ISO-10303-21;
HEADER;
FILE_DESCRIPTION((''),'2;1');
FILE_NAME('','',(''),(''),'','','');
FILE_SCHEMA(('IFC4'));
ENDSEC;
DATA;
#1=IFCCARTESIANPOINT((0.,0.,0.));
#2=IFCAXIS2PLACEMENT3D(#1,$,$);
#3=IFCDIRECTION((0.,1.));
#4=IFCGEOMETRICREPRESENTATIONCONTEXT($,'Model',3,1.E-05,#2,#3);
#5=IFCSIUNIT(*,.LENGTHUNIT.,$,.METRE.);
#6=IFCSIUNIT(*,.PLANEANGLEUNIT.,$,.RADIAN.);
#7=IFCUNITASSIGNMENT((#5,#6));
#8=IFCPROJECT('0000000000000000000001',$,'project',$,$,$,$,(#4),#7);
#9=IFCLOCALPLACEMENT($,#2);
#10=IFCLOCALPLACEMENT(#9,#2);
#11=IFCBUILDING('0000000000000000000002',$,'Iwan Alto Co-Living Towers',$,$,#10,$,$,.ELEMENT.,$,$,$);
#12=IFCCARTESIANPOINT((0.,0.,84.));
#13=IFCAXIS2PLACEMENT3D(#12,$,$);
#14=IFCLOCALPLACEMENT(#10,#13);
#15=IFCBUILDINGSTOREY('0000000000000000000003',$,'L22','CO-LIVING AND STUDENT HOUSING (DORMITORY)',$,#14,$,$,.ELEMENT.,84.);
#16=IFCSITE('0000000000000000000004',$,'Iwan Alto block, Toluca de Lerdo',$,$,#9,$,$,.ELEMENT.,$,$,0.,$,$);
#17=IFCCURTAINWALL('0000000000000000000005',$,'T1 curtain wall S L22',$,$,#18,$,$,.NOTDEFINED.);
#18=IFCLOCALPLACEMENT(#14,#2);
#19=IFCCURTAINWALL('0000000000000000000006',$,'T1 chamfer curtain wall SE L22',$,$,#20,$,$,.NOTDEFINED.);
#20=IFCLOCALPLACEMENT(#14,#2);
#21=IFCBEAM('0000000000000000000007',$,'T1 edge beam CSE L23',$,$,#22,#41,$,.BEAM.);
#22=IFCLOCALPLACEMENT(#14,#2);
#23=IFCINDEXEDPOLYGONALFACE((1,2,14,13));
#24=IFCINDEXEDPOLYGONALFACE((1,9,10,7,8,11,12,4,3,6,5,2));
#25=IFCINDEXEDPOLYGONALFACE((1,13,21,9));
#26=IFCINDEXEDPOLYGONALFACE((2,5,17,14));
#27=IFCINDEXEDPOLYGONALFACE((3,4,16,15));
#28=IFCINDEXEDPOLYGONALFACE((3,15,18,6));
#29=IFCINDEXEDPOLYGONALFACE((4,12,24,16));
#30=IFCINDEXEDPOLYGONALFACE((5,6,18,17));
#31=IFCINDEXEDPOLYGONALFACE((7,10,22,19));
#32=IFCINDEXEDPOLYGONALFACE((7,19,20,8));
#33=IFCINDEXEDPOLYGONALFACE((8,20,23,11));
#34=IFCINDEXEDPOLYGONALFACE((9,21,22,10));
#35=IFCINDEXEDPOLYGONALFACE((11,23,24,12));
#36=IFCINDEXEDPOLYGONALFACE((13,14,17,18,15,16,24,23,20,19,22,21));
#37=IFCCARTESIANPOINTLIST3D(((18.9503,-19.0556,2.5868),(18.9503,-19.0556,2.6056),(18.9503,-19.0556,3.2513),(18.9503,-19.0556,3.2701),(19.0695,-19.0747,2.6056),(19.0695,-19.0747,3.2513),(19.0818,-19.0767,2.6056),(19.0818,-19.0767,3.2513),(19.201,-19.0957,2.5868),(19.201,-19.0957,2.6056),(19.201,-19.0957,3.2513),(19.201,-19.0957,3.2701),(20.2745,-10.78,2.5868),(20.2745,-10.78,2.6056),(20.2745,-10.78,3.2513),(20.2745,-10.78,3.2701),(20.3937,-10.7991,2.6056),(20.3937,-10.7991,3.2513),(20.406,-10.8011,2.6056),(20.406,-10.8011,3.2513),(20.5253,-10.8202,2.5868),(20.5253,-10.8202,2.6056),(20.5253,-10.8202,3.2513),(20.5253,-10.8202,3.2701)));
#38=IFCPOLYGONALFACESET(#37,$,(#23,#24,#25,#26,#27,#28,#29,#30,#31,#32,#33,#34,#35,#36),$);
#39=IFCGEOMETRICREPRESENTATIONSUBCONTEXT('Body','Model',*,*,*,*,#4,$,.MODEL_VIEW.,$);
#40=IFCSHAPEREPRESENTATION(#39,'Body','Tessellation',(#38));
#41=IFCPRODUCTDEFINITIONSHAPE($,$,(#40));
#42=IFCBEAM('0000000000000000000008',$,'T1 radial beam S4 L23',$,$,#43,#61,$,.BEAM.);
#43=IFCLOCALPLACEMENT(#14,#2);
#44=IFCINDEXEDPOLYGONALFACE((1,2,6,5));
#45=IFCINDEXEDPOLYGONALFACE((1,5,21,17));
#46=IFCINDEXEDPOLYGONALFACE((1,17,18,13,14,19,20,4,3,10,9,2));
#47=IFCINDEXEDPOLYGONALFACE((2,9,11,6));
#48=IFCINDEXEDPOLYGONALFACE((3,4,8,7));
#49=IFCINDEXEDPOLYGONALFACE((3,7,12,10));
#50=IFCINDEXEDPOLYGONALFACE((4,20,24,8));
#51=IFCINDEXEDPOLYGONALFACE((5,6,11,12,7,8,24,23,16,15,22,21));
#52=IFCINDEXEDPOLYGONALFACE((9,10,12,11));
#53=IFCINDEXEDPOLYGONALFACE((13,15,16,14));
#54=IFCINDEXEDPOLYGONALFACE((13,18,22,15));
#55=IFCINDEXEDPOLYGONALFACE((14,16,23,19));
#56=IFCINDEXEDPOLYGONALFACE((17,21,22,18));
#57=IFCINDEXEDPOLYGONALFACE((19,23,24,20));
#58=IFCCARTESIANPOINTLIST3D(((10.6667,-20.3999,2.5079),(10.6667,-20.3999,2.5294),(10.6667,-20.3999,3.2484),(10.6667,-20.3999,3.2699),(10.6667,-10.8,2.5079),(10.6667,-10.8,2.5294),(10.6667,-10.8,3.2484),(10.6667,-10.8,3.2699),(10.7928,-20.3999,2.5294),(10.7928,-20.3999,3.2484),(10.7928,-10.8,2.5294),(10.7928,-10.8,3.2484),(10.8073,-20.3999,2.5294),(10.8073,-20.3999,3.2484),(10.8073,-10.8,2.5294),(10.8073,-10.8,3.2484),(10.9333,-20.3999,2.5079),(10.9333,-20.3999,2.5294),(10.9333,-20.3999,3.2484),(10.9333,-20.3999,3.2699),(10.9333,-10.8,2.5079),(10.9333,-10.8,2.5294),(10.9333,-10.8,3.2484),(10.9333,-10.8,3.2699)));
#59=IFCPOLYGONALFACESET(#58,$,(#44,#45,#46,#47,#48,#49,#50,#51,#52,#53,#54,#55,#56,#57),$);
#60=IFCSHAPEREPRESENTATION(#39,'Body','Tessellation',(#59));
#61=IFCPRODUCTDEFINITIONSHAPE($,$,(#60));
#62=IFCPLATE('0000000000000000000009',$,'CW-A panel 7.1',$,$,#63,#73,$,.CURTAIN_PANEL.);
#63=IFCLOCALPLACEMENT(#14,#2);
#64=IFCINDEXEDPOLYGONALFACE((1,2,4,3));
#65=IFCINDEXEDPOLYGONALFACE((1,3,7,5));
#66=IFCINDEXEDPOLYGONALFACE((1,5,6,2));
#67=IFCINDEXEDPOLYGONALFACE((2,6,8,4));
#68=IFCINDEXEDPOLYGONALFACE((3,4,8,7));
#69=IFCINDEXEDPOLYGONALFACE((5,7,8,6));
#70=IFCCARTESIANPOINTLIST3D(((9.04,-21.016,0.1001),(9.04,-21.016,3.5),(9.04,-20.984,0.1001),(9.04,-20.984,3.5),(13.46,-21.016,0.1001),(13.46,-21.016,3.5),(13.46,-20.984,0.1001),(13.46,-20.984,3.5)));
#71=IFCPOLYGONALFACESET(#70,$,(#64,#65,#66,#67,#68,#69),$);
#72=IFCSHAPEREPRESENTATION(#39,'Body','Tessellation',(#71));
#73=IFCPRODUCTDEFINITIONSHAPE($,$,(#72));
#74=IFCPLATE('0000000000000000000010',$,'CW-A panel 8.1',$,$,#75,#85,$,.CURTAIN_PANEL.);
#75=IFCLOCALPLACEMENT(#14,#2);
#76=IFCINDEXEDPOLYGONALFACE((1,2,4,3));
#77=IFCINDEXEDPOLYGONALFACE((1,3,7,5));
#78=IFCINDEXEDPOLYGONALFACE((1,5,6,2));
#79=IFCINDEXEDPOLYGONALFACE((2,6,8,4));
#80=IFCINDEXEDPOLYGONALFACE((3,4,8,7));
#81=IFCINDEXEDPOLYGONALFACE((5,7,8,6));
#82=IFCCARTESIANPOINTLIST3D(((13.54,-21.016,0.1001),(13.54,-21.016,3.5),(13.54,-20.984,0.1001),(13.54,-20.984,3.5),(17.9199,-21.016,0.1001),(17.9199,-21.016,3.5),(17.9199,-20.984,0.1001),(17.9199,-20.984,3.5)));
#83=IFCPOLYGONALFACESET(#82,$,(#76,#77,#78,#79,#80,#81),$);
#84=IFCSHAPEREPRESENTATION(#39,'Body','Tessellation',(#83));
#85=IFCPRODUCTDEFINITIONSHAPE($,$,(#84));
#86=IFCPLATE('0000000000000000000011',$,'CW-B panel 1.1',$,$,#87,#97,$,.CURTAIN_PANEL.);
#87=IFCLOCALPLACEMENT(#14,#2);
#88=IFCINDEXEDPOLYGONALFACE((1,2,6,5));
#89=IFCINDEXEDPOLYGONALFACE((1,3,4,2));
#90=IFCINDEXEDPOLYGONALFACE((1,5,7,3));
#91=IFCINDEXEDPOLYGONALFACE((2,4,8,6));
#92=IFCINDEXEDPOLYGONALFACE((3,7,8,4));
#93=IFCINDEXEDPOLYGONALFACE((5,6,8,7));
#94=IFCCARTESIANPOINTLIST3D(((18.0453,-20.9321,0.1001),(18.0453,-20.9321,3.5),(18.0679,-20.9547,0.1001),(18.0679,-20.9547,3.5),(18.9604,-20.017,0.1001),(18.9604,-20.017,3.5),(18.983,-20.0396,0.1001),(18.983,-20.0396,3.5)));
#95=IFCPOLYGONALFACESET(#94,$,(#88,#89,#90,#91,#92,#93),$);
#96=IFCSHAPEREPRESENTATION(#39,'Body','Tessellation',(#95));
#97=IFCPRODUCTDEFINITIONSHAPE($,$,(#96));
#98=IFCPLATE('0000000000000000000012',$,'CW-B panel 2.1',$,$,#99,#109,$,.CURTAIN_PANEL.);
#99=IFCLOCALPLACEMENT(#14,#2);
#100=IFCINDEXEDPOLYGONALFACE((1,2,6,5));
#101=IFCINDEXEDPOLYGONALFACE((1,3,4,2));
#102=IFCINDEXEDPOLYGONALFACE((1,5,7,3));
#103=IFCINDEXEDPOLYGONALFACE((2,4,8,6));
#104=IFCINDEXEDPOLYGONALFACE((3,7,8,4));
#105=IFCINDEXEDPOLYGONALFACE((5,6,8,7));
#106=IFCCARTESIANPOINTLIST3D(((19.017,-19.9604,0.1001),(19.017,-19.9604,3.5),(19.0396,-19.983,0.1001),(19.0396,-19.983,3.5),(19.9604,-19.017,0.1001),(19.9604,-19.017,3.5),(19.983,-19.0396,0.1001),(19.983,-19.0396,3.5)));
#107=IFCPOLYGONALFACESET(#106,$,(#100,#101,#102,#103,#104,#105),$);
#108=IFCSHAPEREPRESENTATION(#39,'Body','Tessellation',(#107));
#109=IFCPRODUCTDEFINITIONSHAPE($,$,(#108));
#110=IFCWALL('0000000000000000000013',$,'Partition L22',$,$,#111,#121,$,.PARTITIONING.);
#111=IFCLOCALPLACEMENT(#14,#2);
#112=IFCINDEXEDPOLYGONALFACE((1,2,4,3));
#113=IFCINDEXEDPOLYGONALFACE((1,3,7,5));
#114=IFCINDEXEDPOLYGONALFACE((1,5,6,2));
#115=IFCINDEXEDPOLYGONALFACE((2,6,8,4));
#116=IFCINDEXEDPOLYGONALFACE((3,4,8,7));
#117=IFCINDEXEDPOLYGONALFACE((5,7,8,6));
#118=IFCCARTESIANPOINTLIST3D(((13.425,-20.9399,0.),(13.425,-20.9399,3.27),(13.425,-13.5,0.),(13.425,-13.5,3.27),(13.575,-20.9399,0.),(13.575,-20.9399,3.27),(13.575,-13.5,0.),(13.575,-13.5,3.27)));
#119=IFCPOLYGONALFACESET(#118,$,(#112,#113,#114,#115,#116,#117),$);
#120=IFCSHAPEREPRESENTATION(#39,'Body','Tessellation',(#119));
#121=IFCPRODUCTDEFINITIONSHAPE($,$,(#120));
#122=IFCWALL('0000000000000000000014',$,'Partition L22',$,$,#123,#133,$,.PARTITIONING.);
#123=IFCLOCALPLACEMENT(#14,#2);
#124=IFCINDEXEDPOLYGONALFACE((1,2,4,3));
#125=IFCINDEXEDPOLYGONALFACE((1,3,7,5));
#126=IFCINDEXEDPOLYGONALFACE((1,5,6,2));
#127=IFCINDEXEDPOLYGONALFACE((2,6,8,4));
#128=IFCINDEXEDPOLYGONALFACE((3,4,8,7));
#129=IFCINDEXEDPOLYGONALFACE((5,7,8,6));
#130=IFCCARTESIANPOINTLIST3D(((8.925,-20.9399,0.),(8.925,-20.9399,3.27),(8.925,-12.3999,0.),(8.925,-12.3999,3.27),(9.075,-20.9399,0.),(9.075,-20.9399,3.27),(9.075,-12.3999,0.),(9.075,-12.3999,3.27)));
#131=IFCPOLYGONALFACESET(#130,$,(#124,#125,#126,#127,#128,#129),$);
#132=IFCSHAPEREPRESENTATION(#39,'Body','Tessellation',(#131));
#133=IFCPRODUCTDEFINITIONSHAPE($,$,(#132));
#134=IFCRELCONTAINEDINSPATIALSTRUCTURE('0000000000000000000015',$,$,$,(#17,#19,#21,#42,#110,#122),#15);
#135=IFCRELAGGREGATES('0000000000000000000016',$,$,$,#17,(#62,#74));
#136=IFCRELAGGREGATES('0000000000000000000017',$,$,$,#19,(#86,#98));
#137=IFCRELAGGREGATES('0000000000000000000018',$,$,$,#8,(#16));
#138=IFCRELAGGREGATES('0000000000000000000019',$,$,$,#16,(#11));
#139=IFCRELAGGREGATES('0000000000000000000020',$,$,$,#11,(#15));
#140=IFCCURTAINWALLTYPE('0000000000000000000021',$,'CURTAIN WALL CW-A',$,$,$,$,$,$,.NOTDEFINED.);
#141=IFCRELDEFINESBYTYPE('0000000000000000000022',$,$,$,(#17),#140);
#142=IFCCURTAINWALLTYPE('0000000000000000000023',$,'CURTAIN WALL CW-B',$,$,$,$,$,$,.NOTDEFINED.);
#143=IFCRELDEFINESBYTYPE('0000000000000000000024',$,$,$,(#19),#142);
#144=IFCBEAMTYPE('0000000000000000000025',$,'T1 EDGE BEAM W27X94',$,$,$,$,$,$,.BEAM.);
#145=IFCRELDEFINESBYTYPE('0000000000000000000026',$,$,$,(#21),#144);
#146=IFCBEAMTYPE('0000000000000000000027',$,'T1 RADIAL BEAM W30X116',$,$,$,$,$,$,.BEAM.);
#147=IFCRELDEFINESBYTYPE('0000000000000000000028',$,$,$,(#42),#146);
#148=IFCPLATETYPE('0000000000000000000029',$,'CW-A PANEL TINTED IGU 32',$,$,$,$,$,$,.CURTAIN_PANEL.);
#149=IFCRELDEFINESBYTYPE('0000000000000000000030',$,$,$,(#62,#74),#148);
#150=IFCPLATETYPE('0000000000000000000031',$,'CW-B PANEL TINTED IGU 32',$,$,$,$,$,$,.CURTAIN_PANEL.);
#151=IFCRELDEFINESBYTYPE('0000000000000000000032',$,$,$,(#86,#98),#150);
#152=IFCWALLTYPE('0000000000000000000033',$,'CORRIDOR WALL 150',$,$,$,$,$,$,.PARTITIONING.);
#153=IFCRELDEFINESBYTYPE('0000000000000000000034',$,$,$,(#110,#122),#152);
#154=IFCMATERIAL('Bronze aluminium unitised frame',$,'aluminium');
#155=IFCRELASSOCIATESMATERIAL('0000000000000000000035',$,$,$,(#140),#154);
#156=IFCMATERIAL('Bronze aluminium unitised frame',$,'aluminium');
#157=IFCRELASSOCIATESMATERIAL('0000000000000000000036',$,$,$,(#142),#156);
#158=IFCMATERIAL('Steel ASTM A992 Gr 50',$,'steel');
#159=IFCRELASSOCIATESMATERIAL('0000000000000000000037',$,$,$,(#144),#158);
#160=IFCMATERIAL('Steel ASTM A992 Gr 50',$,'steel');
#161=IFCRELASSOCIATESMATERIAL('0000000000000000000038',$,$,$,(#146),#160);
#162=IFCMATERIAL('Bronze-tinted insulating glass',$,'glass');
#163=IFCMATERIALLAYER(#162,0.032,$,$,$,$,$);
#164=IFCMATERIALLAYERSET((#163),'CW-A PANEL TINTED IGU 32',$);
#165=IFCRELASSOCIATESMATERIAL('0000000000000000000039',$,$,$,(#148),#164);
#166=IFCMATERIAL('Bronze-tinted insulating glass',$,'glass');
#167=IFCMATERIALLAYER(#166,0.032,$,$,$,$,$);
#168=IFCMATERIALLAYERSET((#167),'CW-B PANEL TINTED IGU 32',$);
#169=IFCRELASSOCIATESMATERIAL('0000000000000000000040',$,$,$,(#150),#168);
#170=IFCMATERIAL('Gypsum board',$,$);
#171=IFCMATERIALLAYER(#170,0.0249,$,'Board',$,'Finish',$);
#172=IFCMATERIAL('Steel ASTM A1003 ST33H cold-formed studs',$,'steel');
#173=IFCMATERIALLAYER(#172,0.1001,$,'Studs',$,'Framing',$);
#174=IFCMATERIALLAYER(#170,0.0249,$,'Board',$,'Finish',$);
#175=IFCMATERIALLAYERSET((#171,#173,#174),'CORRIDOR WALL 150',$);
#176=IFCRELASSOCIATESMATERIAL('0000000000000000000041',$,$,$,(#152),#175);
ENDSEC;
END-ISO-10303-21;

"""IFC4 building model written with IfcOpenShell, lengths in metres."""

from ifc_helpers import new_model, si_unit, direction, frame, frame_2d, origin, origin_2d, place, context, subcontext, project, spatial, rectangle, i_section, extrude, material, layer, layer_set, material_profile, profile_set, type_object, element, aggregate, save


model = new_model("IFC4")

# Units and contexts
model_context = context("Model", 3, precision=1e-05, world=origin(), true_north=direction((0.0, 1.0)))
body_context = subcontext(model_context, "Body", "Model", "MODEL_VIEW")
ifc_project = project(units=[si_unit("LENGTHUNIT", "METRE"), si_unit("PLANEANGLEUNIT", "RADIAN")], contexts=[model_context])

# Site, building, storey
site_placement = place(None, origin())
site = spatial("IfcSite", under=ifc_project, at=site_placement, Name="Iwan Alto block, Toluca de Lerdo", CompositionType="ELEMENT", RefElevation=0.0)
building_placement = place(site_placement, origin())
building = spatial("IfcBuilding", under=site, at=building_placement, Name="Iwan Alto Co-Living Towers", CompositionType="ELEMENT")
storey_placement = place(building_placement, frame((0.0, 0.0, 84.0)))
storey = spatial("IfcBuildingStorey", under=building, at=storey_placement, Name="L22", Description="CO-LIVING AND STUDENT HOUSING (DORMITORY)", CompositionType="ELEMENT", Elevation=84.0)

# Curtain walls
ifc_material_1 = material(Name="Bronze aluminium unitised frame", Category="aluminium")
curtain_wall_type_1 = type_object("IfcCurtainWallType", Name="CURTAIN WALL CW-A", PredefinedType="NOTDEFINED", material=ifc_material_1)
curtain_wall_1_placement = place(storey_placement, origin())
curtain_wall_1 = element("IfcCurtainWall", 1, at=curtain_wall_1_placement, inside=storey, type_object=curtain_wall_type_1, Name="T1 curtain wall S L22", PredefinedType="NOTDEFINED")
ifc_material_2 = material(Name="Bronze aluminium unitised frame", Category="aluminium")
curtain_wall_type_2 = type_object("IfcCurtainWallType", Name="CURTAIN WALL CW-B", PredefinedType="NOTDEFINED", material=ifc_material_2)
curtain_wall_2_placement = place(storey_placement, origin())
curtain_wall_2 = element("IfcCurtainWall", 2, at=curtain_wall_2_placement, inside=storey, type_object=curtain_wall_type_2, Name="T1 chamfer curtain wall SE L22", PredefinedType="NOTDEFINED")

# Beams
ifc_material_3 = material(Name="Steel ASTM A992 Gr 50", Category="steel")
ifc_material_profile_1 = material_profile(ifc_material_3, i_section(OverallWidth=0.2539, OverallDepth=0.6833, WebThickness=0.0125, FlangeThickness=0.0188, at=origin_2d()), Name="W27X94")
ifc_profile_set_1 = profile_set([ifc_material_profile_1], Name="Steel ASTM A992 Gr 50")
beam_type_1 = type_object("IfcBeamType", Name="T1 EDGE BEAM W27X94", PredefinedType="BEAM", material=ifc_profile_set_1)
for number, where, z_axis, x_axis, name in (
    (3, (19.0757, -19.0757, 2.9285), (0.158004, 0.987438, 0.0), (-0.987438, 0.158004, 0.0), "T1 edge beam CSE L23"),
):
    element("IfcBeam", number, at=place(storey_placement, frame(where, z_axis=z_axis, x_axis=x_axis)), inside=storey, type_object=beam_type_1, Name=name, PredefinedType="BEAM", context=body_context, shape_type="SweptSolid", body=[
        extrude(i_section(OverallWidth=0.2539, OverallDepth=0.6833, WebThickness=0.0125, FlangeThickness=0.0188, at=origin_2d()), origin(), (0.0, 0.0, 1.0), 8.3809),
    ])
ifc_material_4 = material(Name="Steel ASTM A992 Gr 50", Category="steel")
ifc_material_profile_2 = material_profile(ifc_material_4, i_section(OverallWidth=0.2666, OverallDepth=0.762, WebThickness=0.0144, FlangeThickness=0.0215, at=origin_2d()), Name="W30X116")
ifc_profile_set_2 = profile_set([ifc_material_profile_2], Name="Steel ASTM A992 Gr 50")
beam_type_2 = type_object("IfcBeamType", Name="T1 RADIAL BEAM W30X116", PredefinedType="BEAM", material=ifc_profile_set_2)
beam_placement = place(storey_placement, frame((10.8, -20.3999, 2.8889), z_axis=(0.0, 1.0, 0.0), x_axis=(-1.0, 0.0, 0.0)))
element("IfcBeam", 4, at=beam_placement, inside=storey, type_object=beam_type_2, Name="T1 radial beam S4 L23", PredefinedType="BEAM", context=body_context, shape_type="SweptSolid", body=[
    extrude(i_section(OverallWidth=0.2666, OverallDepth=0.762, WebThickness=0.0144, FlangeThickness=0.0215, at=origin_2d()), origin(), (0.0, 0.0, 1.0), 9.5999),
])

# Plates
ifc_material_5 = material(Name="Bronze-tinted insulating glass", Category="glass")
ifc_layer_1 = layer(ifc_material_5, 0.032)
ifc_layer_set_1 = layer_set([ifc_layer_1], Name="CW-A PANEL TINTED IGU 32")
plate_type_1 = type_object("IfcPlateType", Name="CW-A PANEL TINTED IGU 32", PredefinedType="CURTAIN_PANEL", material=ifc_layer_set_1)
plate_1_placement = place(storey_placement, frame((11.25, -21.0, 0.1001), z_axis=(0.0, 0.0, 1.0), x_axis=(1.0, 0.0, 0.0)))
plate_1 = element("IfcPlate", 5, at=plate_1_placement, type_object=plate_type_1, Name="CW-A panel 7.1", PredefinedType="CURTAIN_PANEL", context=body_context, shape_type="SweptSolid", body=[
    extrude(rectangle(XDim=4.4199, YDim=0.032, at=origin_2d()), origin(), (0.0, 0.0, 1.0), 3.3999),
])
plate_2_placement = place(storey_placement, frame((15.73, -21.0, 0.1001), z_axis=(0.0, 0.0, 1.0), x_axis=(1.0, 0.0, 0.0)))
plate_2 = element("IfcPlate", 6, at=plate_2_placement, type_object=plate_type_1, Name="CW-A panel 8.1", PredefinedType="CURTAIN_PANEL", context=body_context, shape_type="SweptSolid", body=[
    extrude(rectangle(XDim=4.3799, YDim=0.032, at=origin_2d()), origin(), (0.0, 0.0, 1.0), 3.3999),
])
aggregate(curtain_wall_1, [plate_1, plate_2])
ifc_material_6 = material(Name="Bronze-tinted insulating glass", Category="glass")
ifc_layer_2 = layer(ifc_material_6, 0.032)
ifc_layer_set_2 = layer_set([ifc_layer_2], Name="CW-B PANEL TINTED IGU 32")
plate_type_2 = type_object("IfcPlateType", Name="CW-B PANEL TINTED IGU 32", PredefinedType="CURTAIN_PANEL", material=ifc_layer_set_2)
plate_3_placement = place(storey_placement, frame((18.5142, -20.4858, 0.1001), z_axis=(0.0, 0.0, 1.0), x_axis=(0.707107, 0.707107, 0.0)))
plate_3 = element("IfcPlate", 7, at=plate_3_placement, type_object=plate_type_2, Name="CW-B panel 1.1", PredefinedType="CURTAIN_PANEL", context=body_context, shape_type="SweptSolid", body=[
    extrude(rectangle(XDim=1.2942, YDim=0.032, at=origin_2d()), origin(), (0.0, 0.0, 1.0), 3.3999),
])
plate_4_placement = place(storey_placement, frame((19.5, -19.5, 0.1001), z_axis=(0.0, 0.0, 1.0), x_axis=(0.707107, 0.707107, 0.0)))
plate_4 = element("IfcPlate", 8, at=plate_4_placement, type_object=plate_type_2, Name="CW-B panel 2.1", PredefinedType="CURTAIN_PANEL", context=body_context, shape_type="SweptSolid", body=[
    extrude(rectangle(XDim=1.3342, YDim=0.032, at=origin_2d()), origin(), (0.0, 0.0, 1.0), 3.3999),
])
aggregate(curtain_wall_2, [plate_3, plate_4])

# Walls
ifc_material_7 = material(Name="Gypsum board")
ifc_layer_3 = layer(ifc_material_7, 0.0249, Name="Board", Category="Finish")
ifc_material_8 = material(Name="Steel ASTM A1003 ST33H cold-formed studs", Category="steel")
ifc_layer_4 = layer(ifc_material_8, 0.1001, Name="Studs", Category="Framing")
ifc_layer_5 = layer(ifc_material_7, 0.0249, Name="Board", Category="Finish")
ifc_layer_set_3 = layer_set([ifc_layer_3, ifc_layer_4, ifc_layer_5], Name="CORRIDOR WALL 150")
wall_type = type_object("IfcWallType", Name="CORRIDOR WALL 150", PredefinedType="PARTITIONING", material=ifc_layer_set_3)
wall_1_placement = place(storey_placement, frame((13.5, -20.9399, 0.0), z_axis=(0.0, 0.0, 1.0), x_axis=(0.0, 1.0, 0.0)))
element("IfcWall", 9, at=wall_1_placement, inside=storey, type_object=wall_type, Name="Partition L22", PredefinedType="PARTITIONING", context=body_context, shape_type="SweptSolid", body=[
    extrude(rectangle(XDim=7.4399, YDim=0.1499, at=frame_2d((3.72, 0.0))), origin(), (0.0, 0.0, 1.0), 3.27),
])
wall_2_placement = place(storey_placement, frame((9.0, -20.9399, 0.0), z_axis=(0.0, 0.0, 1.0), x_axis=(0.0, 1.0, 0.0)))
element("IfcWall", 10, at=wall_2_placement, inside=storey, type_object=wall_type, Name="Partition L22", PredefinedType="PARTITIONING", context=body_context, shape_type="SweptSolid", body=[
    extrude(rectangle(XDim=8.54, YDim=0.1499, at=frame_2d((4.27, 0.0))), origin(), (0.0, 0.0, 1.0), 3.27),
])

save(model, "model.ifc")
